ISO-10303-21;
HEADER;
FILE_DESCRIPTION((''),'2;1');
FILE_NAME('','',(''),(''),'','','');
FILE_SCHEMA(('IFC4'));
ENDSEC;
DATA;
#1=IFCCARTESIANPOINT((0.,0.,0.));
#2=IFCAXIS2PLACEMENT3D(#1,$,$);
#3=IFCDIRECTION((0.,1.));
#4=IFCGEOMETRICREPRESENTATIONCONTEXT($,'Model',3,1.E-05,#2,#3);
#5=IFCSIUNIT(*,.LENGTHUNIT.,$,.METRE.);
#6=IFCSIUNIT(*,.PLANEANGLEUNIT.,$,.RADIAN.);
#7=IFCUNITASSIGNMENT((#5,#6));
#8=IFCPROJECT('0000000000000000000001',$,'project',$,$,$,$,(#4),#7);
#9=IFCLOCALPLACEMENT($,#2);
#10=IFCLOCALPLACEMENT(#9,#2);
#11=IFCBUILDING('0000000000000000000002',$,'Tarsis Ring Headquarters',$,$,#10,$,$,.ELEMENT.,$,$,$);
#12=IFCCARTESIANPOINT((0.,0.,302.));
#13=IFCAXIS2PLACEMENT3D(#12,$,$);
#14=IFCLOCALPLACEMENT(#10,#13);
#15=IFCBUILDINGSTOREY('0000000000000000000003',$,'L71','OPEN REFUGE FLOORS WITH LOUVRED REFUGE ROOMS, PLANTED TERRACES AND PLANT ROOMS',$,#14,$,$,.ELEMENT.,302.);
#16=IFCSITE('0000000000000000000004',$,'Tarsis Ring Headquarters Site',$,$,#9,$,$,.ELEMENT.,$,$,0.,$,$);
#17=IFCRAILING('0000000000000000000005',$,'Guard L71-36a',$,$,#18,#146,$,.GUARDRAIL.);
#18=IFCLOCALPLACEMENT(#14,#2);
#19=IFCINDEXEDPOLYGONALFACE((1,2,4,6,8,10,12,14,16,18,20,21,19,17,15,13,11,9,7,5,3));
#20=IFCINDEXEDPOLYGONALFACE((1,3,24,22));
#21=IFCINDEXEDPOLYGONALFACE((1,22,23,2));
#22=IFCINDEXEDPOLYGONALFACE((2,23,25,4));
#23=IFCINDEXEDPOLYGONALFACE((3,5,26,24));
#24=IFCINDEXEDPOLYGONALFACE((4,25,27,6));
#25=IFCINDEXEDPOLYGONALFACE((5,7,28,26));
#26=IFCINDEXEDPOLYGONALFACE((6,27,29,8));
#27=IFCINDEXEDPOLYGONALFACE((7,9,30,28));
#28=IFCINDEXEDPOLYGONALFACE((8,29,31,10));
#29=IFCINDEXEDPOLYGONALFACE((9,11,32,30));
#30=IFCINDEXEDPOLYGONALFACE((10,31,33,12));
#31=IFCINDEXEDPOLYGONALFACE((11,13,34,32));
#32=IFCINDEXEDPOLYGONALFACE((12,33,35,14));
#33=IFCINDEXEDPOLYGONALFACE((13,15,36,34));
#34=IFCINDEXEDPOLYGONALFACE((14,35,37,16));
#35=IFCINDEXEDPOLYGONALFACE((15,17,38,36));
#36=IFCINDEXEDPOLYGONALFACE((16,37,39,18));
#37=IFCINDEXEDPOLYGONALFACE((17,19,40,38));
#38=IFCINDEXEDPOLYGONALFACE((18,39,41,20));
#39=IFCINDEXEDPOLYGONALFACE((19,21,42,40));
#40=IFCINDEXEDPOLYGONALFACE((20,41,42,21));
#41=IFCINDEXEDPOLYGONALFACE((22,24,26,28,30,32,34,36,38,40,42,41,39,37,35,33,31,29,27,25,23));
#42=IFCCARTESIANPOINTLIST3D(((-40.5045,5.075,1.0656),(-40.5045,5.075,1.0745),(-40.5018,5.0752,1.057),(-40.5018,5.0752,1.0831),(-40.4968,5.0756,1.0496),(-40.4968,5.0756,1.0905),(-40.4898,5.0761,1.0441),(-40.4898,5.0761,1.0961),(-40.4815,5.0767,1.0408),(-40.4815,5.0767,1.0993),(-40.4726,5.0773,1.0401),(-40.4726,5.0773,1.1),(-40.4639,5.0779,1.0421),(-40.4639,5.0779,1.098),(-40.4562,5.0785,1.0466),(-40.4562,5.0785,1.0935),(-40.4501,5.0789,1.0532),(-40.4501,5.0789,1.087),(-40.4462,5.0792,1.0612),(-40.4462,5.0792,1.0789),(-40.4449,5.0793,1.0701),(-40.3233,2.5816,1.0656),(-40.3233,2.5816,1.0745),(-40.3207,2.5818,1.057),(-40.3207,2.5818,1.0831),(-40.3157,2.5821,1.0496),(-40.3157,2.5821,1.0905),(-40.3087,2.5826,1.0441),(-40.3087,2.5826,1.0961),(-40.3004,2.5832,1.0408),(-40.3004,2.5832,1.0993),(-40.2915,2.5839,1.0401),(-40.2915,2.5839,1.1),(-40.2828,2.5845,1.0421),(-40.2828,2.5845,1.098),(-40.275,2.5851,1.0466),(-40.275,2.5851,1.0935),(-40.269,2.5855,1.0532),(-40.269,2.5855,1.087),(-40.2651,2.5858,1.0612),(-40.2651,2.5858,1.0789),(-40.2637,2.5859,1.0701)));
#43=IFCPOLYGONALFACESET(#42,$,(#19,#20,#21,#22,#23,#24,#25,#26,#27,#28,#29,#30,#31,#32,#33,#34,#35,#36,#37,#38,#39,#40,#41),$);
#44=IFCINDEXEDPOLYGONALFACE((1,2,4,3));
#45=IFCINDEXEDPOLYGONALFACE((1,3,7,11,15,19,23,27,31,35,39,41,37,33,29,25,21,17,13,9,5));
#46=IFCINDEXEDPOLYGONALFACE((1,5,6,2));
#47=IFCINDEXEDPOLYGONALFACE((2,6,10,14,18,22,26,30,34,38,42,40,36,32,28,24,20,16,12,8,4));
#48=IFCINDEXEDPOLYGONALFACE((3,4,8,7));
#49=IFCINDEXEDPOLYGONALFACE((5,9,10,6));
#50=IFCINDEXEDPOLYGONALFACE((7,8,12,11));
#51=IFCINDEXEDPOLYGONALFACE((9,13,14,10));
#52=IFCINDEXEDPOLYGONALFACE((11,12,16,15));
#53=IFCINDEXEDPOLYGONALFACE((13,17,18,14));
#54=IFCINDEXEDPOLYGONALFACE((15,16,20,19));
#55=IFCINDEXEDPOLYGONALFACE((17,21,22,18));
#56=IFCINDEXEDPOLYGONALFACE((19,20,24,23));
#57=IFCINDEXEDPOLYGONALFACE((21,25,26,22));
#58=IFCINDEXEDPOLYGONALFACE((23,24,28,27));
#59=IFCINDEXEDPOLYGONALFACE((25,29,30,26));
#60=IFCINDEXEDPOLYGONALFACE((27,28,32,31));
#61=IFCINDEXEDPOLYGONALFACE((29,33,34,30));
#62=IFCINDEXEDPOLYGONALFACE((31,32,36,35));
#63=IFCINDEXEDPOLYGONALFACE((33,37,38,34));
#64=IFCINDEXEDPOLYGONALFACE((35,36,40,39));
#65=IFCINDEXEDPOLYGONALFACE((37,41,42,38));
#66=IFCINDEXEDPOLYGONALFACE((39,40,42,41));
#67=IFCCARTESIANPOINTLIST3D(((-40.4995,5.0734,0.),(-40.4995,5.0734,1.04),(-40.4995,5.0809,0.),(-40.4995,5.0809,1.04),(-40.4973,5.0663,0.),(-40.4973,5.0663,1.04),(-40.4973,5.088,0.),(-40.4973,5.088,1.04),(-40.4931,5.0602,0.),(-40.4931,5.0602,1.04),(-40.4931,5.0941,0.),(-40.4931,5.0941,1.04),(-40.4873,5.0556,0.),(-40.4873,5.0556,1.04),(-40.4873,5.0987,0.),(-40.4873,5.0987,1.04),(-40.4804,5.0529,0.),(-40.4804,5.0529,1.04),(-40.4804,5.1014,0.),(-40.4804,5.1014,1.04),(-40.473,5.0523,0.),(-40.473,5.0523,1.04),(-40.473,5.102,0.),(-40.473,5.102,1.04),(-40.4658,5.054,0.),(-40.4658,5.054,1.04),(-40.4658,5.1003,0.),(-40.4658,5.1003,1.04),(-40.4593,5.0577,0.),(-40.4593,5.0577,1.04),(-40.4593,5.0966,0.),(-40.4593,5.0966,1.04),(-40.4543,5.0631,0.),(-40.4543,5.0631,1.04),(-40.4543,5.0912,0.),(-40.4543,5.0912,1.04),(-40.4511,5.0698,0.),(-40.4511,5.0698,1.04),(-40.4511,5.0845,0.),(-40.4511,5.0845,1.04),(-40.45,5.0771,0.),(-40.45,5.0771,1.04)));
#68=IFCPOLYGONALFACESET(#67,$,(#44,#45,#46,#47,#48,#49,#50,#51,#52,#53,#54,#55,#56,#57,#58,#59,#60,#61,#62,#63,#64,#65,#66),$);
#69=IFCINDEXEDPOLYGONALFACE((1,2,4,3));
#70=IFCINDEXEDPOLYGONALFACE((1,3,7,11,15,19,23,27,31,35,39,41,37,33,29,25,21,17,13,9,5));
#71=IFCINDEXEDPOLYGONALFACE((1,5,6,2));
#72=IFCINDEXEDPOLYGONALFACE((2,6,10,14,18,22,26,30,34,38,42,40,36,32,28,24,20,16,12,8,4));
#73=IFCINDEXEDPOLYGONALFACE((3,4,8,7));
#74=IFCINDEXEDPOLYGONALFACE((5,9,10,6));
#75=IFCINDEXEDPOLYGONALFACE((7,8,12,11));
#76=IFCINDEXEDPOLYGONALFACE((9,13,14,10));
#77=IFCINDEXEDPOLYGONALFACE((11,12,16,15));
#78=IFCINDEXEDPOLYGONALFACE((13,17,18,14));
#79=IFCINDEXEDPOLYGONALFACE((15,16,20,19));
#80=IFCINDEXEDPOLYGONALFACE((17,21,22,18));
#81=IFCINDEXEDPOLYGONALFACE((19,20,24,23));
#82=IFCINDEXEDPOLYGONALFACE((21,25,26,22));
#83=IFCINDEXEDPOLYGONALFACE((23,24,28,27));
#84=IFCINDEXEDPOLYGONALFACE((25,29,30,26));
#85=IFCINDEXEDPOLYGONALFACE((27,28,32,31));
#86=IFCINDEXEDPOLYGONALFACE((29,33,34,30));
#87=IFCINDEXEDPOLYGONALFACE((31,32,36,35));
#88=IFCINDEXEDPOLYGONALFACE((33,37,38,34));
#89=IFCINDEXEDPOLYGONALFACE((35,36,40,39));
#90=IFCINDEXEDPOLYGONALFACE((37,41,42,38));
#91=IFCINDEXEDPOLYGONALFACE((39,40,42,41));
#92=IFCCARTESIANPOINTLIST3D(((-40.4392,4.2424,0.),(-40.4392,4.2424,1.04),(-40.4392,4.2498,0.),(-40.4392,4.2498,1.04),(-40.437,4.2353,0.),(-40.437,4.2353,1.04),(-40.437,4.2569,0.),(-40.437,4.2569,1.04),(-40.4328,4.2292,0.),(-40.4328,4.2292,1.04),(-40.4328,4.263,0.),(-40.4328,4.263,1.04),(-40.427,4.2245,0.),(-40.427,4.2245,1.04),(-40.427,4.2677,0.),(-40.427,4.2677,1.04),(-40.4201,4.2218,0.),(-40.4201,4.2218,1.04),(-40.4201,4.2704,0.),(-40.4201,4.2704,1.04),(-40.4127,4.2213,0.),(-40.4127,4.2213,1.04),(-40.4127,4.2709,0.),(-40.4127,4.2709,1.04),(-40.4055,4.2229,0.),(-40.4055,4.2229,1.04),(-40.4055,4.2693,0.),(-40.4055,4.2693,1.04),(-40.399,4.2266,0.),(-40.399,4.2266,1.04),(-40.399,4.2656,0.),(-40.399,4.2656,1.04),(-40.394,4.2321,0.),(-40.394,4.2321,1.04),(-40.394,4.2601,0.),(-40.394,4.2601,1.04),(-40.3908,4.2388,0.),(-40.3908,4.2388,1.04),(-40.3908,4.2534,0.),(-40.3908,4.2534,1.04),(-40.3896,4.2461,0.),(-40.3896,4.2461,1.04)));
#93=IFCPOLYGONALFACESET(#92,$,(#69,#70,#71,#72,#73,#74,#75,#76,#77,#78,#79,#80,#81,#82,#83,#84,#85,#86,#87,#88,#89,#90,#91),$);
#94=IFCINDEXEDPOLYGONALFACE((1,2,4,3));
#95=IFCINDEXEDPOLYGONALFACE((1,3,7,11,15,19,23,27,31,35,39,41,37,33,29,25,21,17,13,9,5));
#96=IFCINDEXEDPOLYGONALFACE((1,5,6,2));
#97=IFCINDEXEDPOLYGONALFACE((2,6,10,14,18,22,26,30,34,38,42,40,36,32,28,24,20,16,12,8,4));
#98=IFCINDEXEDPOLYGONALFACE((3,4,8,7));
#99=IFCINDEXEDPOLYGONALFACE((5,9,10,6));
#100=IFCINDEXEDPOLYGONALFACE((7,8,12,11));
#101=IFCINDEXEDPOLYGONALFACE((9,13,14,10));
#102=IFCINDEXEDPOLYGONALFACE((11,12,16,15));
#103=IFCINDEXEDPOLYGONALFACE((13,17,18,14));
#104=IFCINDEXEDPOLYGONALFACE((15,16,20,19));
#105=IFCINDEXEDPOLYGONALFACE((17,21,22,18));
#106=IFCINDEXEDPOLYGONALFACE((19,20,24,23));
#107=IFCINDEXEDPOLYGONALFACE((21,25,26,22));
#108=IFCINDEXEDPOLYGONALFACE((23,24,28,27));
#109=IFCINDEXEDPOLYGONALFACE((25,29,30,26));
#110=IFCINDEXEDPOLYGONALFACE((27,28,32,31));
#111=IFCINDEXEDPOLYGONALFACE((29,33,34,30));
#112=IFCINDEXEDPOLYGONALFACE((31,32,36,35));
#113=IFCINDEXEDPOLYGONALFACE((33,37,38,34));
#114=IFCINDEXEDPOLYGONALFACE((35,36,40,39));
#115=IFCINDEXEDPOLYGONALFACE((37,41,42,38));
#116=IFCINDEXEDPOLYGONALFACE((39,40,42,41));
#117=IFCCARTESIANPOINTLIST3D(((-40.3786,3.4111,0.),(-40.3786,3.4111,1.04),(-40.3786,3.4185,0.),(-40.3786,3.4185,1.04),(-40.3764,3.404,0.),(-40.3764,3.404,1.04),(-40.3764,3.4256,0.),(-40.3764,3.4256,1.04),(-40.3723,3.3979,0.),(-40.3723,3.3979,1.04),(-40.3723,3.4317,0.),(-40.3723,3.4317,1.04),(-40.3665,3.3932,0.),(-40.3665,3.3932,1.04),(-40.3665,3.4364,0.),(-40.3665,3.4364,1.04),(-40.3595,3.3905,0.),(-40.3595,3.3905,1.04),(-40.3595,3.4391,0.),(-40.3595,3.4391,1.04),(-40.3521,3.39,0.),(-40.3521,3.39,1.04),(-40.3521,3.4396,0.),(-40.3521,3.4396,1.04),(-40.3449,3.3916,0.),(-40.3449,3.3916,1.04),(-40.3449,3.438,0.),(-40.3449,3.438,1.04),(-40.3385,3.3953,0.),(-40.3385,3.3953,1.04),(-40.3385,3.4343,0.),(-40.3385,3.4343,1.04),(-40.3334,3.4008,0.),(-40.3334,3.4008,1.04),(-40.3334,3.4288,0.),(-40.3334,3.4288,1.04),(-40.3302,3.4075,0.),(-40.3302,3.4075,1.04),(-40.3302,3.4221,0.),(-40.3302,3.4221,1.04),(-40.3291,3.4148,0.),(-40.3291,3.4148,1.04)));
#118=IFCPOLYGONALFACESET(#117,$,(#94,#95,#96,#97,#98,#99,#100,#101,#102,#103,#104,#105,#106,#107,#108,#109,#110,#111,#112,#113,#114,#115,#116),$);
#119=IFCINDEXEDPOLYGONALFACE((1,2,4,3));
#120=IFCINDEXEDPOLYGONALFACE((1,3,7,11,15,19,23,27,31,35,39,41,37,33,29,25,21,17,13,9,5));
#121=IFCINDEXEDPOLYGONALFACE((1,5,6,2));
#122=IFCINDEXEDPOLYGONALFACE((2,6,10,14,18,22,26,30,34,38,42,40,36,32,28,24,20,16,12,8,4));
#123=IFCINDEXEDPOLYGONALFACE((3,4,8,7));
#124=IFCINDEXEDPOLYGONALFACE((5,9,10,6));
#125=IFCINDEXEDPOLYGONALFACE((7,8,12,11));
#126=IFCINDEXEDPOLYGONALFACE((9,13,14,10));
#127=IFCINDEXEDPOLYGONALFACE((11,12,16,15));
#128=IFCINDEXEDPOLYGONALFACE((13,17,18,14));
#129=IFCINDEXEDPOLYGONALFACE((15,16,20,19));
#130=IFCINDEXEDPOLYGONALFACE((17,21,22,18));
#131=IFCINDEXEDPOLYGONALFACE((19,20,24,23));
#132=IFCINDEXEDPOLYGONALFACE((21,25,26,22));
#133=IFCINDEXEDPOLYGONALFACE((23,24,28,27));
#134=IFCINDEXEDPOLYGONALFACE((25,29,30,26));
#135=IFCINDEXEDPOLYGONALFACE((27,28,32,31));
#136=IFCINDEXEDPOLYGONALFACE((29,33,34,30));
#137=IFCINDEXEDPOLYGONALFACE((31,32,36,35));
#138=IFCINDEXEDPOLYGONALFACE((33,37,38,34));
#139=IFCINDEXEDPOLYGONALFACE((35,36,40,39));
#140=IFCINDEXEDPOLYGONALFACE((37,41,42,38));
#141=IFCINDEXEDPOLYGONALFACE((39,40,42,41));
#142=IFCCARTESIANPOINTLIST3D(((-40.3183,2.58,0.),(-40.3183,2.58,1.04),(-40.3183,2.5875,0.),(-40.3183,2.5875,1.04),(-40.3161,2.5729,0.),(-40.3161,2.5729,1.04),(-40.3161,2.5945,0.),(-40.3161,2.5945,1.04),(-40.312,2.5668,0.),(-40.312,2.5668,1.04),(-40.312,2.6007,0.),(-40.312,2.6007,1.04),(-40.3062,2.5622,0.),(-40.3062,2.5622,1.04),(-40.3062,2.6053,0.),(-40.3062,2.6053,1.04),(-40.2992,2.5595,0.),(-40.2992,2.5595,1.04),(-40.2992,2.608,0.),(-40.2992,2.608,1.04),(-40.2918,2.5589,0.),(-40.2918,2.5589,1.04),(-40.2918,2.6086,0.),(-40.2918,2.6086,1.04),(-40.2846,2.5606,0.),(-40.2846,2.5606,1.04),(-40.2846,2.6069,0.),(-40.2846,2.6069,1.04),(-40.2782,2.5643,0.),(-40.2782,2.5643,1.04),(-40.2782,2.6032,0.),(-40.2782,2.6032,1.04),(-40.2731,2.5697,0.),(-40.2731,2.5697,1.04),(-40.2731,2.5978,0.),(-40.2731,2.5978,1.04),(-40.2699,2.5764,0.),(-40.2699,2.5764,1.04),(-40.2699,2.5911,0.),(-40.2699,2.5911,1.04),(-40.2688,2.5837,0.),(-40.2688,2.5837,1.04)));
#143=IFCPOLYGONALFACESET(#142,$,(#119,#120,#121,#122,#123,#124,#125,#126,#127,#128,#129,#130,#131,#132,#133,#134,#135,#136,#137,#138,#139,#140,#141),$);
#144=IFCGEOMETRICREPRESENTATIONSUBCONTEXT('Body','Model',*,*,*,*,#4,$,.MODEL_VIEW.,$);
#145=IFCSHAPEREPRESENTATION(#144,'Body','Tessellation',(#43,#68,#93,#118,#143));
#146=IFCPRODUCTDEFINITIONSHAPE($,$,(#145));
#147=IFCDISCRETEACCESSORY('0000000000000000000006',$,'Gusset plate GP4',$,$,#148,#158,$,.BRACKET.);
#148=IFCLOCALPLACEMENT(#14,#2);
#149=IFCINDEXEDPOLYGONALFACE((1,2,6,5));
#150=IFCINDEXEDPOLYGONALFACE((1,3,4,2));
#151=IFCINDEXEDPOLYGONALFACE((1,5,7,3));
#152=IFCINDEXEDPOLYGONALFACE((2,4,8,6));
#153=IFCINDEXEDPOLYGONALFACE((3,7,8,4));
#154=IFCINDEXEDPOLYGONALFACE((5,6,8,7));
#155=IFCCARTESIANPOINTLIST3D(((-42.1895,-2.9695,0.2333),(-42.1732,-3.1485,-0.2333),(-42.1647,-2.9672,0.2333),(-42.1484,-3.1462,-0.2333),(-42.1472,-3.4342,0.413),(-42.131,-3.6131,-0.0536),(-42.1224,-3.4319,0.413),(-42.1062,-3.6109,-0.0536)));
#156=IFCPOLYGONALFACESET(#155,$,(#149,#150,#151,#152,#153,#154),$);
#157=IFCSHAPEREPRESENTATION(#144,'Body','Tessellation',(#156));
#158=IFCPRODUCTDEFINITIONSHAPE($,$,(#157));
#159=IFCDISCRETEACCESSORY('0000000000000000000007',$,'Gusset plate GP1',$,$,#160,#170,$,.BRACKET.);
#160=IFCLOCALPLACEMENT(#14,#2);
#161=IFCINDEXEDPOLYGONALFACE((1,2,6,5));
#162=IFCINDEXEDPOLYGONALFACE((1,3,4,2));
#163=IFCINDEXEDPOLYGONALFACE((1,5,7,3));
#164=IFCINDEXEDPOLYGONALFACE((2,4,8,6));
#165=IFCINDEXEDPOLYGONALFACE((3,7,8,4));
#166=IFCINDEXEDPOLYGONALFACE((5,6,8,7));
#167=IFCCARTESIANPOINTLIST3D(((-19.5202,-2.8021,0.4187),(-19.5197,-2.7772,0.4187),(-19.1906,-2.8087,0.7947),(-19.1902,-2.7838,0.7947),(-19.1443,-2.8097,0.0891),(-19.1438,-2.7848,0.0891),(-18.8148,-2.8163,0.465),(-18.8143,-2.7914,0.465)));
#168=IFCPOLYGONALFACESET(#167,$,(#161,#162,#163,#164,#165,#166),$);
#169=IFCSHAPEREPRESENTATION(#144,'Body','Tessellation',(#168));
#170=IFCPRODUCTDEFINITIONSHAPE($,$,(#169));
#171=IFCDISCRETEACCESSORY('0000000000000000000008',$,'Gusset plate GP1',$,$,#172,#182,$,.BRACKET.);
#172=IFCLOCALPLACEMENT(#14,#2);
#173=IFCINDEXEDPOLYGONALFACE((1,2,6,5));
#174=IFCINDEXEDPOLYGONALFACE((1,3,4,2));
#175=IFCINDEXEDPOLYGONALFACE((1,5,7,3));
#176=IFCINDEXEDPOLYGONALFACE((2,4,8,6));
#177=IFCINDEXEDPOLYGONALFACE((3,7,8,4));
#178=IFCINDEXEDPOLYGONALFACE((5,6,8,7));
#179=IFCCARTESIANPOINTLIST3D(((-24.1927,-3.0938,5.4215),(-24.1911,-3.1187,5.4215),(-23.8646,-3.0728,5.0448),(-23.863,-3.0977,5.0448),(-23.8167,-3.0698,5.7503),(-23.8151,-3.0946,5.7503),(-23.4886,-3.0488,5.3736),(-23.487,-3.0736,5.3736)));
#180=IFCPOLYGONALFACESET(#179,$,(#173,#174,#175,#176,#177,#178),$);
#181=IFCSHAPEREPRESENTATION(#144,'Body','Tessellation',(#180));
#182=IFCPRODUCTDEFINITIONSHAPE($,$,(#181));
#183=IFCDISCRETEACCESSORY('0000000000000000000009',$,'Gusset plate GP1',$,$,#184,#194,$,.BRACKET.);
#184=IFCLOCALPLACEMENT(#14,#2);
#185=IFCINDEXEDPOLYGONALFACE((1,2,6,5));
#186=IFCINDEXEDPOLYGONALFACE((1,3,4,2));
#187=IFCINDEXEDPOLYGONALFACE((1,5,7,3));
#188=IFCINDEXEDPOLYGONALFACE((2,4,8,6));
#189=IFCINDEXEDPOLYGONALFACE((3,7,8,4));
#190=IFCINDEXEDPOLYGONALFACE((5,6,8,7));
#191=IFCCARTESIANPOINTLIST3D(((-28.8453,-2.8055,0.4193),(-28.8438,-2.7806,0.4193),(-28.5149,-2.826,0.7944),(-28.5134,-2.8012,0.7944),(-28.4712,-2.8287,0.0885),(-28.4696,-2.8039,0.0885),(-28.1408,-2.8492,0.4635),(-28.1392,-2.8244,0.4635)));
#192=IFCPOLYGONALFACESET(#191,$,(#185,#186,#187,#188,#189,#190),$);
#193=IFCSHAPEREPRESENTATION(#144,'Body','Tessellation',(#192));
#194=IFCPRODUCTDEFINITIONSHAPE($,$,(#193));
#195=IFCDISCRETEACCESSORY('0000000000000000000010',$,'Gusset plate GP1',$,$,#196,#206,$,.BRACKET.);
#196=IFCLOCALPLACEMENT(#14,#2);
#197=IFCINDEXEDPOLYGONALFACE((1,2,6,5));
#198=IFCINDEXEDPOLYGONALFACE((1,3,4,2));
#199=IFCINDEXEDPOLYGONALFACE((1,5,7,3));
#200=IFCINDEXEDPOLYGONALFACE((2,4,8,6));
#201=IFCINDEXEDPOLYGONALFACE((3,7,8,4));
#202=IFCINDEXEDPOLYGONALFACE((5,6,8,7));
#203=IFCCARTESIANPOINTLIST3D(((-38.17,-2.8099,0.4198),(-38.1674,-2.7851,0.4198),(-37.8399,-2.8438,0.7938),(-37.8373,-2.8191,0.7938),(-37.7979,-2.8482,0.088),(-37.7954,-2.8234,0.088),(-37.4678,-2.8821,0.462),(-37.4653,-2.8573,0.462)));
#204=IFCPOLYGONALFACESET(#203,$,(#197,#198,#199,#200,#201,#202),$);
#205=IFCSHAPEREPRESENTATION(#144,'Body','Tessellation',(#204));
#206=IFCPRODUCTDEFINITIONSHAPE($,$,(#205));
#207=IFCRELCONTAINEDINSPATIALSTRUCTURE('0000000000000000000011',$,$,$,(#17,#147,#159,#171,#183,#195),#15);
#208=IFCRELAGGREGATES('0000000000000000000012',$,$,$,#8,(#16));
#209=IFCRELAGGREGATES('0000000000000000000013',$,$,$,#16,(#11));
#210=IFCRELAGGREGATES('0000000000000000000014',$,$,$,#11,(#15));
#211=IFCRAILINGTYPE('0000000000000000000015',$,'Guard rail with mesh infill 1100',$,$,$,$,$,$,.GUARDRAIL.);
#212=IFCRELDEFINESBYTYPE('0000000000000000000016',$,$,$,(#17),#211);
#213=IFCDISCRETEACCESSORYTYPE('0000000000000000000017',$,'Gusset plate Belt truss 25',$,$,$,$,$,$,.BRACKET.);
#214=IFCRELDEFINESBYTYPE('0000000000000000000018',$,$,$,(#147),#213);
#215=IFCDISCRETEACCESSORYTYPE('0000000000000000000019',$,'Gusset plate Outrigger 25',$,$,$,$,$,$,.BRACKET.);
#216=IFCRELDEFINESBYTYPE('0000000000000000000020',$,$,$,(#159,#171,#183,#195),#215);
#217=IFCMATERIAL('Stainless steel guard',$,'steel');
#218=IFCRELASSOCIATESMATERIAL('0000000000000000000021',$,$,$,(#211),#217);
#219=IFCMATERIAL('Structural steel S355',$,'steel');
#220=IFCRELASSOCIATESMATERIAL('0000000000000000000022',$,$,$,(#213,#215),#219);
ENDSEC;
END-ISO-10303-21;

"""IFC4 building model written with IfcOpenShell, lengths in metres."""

from ifc_helpers import new_model, si_unit, direction, frame, origin, origin_2d, place, context, subcontext, project, spatial, rectangle, circle, extrude, material, material_profile, profile_set, type_object, element, save


model = new_model("IFC4")

# Units and contexts
model_context = context("Model", 3, precision=1e-05, world=origin(), true_north=direction((0.0, 1.0)))
body_context = subcontext(model_context, "Body", "Model", "MODEL_VIEW")
ifc_project = project(units=[si_unit("LENGTHUNIT", "METRE"), si_unit("PLANEANGLEUNIT", "RADIAN")], contexts=[model_context])

# Site, building, storey
site_placement = place(None, origin())
site = spatial("IfcSite", under=ifc_project, at=site_placement, Name="Tarsis Ring Headquarters Site", CompositionType="ELEMENT", RefElevation=0.0)
building_placement = place(site_placement, origin())
building = spatial("IfcBuilding", under=site, at=building_placement, Name="Tarsis Ring Headquarters", CompositionType="ELEMENT")
storey_placement = place(building_placement, frame((0.0, 0.0, 302.0)))
storey = spatial("IfcBuildingStorey", under=building, at=storey_placement, Name="L71", Description="OPEN REFUGE FLOORS WITH LOUVRED REFUGE ROOMS, PLANTED TERRACES AND PLANT ROOMS", CompositionType="ELEMENT", Elevation=302.0)

# Shared definitions
ifc_material_1 = material(Name="Structural steel S355", Category="steel")

# Railing
ifc_material_2 = material(Name="Stainless steel guard", Category="steel")
railing_type_1 = type_object("IfcRailingType", Name="Guard rail with mesh infill 1100", PredefinedType="GUARDRAIL", material=ifc_material_2)
railing_1_placement = place(storey_placement, frame((-40.4749, 5.0771, 0.0)))
element("IfcRailing", 1, at=railing_1_placement, inside=storey, type_object=railing_type_1, Name="Guard L71-36a", PredefinedType="GUARDRAIL", context=body_context, shape_type="SweptSolid", body=[
    extrude(circle(Radius=0.03, at=origin_2d()), frame((0.0, 0.0, 1.0701), z_axis=(0.072462, -0.997371, 0.0), x_axis=(0.997371, 0.072462, 0.0)), (0.0, 0.0, 1.0), 2.5),
    extrude(circle(Radius=0.0249, at=origin_2d()), origin(), (0.0, 0.0, 1.0), 1.04),
    extrude(circle(Radius=0.0249, at=origin_2d()), frame((0.0603, -0.8311, 0.0)), (0.0, 0.0, 1.0), 1.04),
    extrude(circle(Radius=0.0249, at=origin_2d()), frame((0.1208, -1.6624, 0.0)), (0.0, 0.0, 1.0), 1.04),
    extrude(circle(Radius=0.0249, at=origin_2d()), frame((0.1812, -2.4934, 0.0)), (0.0, 0.0, 1.0), 1.04),
])

# Discrete accessories
ifc_material_profile_1 = material_profile(ifc_material_1, rectangle(XDim=0.0249, YDim=0.5, at=origin_2d()), Name="PL 25x500")
ifc_profile_set_1 = profile_set([ifc_material_profile_1], Name="Structural steel S355")
discrete_accessory_type_1 = type_object("IfcDiscreteAccessoryType", Name="Gusset plate Belt truss 25", PredefinedType="BRACKET", material=ifc_profile_set_1)
discrete_accessory_1_placement = place(storey_placement, frame((-42.1689, -3.0579, 0.0), z_axis=(0.084485, -0.92934, 0.359429), x_axis=(0.995893, 0.090536, 0.0)))
element("IfcDiscreteAccessory", 2, at=discrete_accessory_1_placement, inside=storey, type_object=discrete_accessory_type_1, Name="Gusset plate GP4", PredefinedType="BRACKET", context=body_context, shape_type="SweptSolid", body=[
    extrude(rectangle(XDim=0.0249, YDim=0.5, at=origin_2d()), origin(), (0.0, 0.0, 1.0), 0.5),
])
discrete_accessory_type_2 = type_object("IfcDiscreteAccessoryType", Name="Gusset plate Outrigger 25", PredefinedType="BRACKET", material=ifc_profile_set_1)
for number, where, z_axis, x_axis, name in (
    (3, (-19.332, -2.7935, 0.2539), (0.659138, -0.013183, 0.751906), (0.019996, 0.9998, 0.0), "Gusset plate GP1"),
    (4, (-24.0039, -3.0942, 5.5859), (0.656228, 0.041991, -0.753393), (-0.063857, 0.997959, 0.0), "Gusset plate GP1"),
):
    element("IfcDiscreteAccessory", number, at=place(storey_placement, frame(where, z_axis=z_axis, x_axis=x_axis)), inside=storey, type_object=discrete_accessory_type_2, Name=name, PredefinedType="BRACKET", context=body_context, shape_type="SweptSolid", body=[
        extrude(rectangle(XDim=0.0249, YDim=0.5, at=origin_2d()), origin(), (0.0, 0.0, 1.0), 0.5),
    ])
discrete_accessory_2_placement = place(storey_placement, frame((-28.6575, -2.8047, 0.2539), z_axis=(0.660435, -0.041003, 0.749763), x_axis=(0.061965, 0.998078, 0.0)))
element("IfcDiscreteAccessory", 5, at=discrete_accessory_2_placement, inside=storey, type_object=discrete_accessory_type_2, Name="Gusset plate GP1", PredefinedType="BRACKET", context=body_context, shape_type="SweptSolid", body=[
    extrude(rectangle(XDim=0.0249, YDim=0.5, at=origin_2d()), origin(), (0.0, 0.0, 1.0), 0.5002),
])
discrete_accessory_3_placement = place(storey_placement, frame((-37.9827, -2.8167, 0.2539), z_axis=(0.660161, -0.067872, 0.748052), x_axis=(0.102272, 0.994757, 0.0)))
element("IfcDiscreteAccessory", 6, at=discrete_accessory_3_placement, inside=storey, type_object=discrete_accessory_type_2, Name="Gusset plate GP1", PredefinedType="BRACKET", context=body_context, shape_type="SweptSolid", body=[
    extrude(rectangle(XDim=0.0249, YDim=0.5, at=origin_2d()), origin(), (0.0, 0.0, 1.0), 0.5),
])

save(model, "model.ifc")
